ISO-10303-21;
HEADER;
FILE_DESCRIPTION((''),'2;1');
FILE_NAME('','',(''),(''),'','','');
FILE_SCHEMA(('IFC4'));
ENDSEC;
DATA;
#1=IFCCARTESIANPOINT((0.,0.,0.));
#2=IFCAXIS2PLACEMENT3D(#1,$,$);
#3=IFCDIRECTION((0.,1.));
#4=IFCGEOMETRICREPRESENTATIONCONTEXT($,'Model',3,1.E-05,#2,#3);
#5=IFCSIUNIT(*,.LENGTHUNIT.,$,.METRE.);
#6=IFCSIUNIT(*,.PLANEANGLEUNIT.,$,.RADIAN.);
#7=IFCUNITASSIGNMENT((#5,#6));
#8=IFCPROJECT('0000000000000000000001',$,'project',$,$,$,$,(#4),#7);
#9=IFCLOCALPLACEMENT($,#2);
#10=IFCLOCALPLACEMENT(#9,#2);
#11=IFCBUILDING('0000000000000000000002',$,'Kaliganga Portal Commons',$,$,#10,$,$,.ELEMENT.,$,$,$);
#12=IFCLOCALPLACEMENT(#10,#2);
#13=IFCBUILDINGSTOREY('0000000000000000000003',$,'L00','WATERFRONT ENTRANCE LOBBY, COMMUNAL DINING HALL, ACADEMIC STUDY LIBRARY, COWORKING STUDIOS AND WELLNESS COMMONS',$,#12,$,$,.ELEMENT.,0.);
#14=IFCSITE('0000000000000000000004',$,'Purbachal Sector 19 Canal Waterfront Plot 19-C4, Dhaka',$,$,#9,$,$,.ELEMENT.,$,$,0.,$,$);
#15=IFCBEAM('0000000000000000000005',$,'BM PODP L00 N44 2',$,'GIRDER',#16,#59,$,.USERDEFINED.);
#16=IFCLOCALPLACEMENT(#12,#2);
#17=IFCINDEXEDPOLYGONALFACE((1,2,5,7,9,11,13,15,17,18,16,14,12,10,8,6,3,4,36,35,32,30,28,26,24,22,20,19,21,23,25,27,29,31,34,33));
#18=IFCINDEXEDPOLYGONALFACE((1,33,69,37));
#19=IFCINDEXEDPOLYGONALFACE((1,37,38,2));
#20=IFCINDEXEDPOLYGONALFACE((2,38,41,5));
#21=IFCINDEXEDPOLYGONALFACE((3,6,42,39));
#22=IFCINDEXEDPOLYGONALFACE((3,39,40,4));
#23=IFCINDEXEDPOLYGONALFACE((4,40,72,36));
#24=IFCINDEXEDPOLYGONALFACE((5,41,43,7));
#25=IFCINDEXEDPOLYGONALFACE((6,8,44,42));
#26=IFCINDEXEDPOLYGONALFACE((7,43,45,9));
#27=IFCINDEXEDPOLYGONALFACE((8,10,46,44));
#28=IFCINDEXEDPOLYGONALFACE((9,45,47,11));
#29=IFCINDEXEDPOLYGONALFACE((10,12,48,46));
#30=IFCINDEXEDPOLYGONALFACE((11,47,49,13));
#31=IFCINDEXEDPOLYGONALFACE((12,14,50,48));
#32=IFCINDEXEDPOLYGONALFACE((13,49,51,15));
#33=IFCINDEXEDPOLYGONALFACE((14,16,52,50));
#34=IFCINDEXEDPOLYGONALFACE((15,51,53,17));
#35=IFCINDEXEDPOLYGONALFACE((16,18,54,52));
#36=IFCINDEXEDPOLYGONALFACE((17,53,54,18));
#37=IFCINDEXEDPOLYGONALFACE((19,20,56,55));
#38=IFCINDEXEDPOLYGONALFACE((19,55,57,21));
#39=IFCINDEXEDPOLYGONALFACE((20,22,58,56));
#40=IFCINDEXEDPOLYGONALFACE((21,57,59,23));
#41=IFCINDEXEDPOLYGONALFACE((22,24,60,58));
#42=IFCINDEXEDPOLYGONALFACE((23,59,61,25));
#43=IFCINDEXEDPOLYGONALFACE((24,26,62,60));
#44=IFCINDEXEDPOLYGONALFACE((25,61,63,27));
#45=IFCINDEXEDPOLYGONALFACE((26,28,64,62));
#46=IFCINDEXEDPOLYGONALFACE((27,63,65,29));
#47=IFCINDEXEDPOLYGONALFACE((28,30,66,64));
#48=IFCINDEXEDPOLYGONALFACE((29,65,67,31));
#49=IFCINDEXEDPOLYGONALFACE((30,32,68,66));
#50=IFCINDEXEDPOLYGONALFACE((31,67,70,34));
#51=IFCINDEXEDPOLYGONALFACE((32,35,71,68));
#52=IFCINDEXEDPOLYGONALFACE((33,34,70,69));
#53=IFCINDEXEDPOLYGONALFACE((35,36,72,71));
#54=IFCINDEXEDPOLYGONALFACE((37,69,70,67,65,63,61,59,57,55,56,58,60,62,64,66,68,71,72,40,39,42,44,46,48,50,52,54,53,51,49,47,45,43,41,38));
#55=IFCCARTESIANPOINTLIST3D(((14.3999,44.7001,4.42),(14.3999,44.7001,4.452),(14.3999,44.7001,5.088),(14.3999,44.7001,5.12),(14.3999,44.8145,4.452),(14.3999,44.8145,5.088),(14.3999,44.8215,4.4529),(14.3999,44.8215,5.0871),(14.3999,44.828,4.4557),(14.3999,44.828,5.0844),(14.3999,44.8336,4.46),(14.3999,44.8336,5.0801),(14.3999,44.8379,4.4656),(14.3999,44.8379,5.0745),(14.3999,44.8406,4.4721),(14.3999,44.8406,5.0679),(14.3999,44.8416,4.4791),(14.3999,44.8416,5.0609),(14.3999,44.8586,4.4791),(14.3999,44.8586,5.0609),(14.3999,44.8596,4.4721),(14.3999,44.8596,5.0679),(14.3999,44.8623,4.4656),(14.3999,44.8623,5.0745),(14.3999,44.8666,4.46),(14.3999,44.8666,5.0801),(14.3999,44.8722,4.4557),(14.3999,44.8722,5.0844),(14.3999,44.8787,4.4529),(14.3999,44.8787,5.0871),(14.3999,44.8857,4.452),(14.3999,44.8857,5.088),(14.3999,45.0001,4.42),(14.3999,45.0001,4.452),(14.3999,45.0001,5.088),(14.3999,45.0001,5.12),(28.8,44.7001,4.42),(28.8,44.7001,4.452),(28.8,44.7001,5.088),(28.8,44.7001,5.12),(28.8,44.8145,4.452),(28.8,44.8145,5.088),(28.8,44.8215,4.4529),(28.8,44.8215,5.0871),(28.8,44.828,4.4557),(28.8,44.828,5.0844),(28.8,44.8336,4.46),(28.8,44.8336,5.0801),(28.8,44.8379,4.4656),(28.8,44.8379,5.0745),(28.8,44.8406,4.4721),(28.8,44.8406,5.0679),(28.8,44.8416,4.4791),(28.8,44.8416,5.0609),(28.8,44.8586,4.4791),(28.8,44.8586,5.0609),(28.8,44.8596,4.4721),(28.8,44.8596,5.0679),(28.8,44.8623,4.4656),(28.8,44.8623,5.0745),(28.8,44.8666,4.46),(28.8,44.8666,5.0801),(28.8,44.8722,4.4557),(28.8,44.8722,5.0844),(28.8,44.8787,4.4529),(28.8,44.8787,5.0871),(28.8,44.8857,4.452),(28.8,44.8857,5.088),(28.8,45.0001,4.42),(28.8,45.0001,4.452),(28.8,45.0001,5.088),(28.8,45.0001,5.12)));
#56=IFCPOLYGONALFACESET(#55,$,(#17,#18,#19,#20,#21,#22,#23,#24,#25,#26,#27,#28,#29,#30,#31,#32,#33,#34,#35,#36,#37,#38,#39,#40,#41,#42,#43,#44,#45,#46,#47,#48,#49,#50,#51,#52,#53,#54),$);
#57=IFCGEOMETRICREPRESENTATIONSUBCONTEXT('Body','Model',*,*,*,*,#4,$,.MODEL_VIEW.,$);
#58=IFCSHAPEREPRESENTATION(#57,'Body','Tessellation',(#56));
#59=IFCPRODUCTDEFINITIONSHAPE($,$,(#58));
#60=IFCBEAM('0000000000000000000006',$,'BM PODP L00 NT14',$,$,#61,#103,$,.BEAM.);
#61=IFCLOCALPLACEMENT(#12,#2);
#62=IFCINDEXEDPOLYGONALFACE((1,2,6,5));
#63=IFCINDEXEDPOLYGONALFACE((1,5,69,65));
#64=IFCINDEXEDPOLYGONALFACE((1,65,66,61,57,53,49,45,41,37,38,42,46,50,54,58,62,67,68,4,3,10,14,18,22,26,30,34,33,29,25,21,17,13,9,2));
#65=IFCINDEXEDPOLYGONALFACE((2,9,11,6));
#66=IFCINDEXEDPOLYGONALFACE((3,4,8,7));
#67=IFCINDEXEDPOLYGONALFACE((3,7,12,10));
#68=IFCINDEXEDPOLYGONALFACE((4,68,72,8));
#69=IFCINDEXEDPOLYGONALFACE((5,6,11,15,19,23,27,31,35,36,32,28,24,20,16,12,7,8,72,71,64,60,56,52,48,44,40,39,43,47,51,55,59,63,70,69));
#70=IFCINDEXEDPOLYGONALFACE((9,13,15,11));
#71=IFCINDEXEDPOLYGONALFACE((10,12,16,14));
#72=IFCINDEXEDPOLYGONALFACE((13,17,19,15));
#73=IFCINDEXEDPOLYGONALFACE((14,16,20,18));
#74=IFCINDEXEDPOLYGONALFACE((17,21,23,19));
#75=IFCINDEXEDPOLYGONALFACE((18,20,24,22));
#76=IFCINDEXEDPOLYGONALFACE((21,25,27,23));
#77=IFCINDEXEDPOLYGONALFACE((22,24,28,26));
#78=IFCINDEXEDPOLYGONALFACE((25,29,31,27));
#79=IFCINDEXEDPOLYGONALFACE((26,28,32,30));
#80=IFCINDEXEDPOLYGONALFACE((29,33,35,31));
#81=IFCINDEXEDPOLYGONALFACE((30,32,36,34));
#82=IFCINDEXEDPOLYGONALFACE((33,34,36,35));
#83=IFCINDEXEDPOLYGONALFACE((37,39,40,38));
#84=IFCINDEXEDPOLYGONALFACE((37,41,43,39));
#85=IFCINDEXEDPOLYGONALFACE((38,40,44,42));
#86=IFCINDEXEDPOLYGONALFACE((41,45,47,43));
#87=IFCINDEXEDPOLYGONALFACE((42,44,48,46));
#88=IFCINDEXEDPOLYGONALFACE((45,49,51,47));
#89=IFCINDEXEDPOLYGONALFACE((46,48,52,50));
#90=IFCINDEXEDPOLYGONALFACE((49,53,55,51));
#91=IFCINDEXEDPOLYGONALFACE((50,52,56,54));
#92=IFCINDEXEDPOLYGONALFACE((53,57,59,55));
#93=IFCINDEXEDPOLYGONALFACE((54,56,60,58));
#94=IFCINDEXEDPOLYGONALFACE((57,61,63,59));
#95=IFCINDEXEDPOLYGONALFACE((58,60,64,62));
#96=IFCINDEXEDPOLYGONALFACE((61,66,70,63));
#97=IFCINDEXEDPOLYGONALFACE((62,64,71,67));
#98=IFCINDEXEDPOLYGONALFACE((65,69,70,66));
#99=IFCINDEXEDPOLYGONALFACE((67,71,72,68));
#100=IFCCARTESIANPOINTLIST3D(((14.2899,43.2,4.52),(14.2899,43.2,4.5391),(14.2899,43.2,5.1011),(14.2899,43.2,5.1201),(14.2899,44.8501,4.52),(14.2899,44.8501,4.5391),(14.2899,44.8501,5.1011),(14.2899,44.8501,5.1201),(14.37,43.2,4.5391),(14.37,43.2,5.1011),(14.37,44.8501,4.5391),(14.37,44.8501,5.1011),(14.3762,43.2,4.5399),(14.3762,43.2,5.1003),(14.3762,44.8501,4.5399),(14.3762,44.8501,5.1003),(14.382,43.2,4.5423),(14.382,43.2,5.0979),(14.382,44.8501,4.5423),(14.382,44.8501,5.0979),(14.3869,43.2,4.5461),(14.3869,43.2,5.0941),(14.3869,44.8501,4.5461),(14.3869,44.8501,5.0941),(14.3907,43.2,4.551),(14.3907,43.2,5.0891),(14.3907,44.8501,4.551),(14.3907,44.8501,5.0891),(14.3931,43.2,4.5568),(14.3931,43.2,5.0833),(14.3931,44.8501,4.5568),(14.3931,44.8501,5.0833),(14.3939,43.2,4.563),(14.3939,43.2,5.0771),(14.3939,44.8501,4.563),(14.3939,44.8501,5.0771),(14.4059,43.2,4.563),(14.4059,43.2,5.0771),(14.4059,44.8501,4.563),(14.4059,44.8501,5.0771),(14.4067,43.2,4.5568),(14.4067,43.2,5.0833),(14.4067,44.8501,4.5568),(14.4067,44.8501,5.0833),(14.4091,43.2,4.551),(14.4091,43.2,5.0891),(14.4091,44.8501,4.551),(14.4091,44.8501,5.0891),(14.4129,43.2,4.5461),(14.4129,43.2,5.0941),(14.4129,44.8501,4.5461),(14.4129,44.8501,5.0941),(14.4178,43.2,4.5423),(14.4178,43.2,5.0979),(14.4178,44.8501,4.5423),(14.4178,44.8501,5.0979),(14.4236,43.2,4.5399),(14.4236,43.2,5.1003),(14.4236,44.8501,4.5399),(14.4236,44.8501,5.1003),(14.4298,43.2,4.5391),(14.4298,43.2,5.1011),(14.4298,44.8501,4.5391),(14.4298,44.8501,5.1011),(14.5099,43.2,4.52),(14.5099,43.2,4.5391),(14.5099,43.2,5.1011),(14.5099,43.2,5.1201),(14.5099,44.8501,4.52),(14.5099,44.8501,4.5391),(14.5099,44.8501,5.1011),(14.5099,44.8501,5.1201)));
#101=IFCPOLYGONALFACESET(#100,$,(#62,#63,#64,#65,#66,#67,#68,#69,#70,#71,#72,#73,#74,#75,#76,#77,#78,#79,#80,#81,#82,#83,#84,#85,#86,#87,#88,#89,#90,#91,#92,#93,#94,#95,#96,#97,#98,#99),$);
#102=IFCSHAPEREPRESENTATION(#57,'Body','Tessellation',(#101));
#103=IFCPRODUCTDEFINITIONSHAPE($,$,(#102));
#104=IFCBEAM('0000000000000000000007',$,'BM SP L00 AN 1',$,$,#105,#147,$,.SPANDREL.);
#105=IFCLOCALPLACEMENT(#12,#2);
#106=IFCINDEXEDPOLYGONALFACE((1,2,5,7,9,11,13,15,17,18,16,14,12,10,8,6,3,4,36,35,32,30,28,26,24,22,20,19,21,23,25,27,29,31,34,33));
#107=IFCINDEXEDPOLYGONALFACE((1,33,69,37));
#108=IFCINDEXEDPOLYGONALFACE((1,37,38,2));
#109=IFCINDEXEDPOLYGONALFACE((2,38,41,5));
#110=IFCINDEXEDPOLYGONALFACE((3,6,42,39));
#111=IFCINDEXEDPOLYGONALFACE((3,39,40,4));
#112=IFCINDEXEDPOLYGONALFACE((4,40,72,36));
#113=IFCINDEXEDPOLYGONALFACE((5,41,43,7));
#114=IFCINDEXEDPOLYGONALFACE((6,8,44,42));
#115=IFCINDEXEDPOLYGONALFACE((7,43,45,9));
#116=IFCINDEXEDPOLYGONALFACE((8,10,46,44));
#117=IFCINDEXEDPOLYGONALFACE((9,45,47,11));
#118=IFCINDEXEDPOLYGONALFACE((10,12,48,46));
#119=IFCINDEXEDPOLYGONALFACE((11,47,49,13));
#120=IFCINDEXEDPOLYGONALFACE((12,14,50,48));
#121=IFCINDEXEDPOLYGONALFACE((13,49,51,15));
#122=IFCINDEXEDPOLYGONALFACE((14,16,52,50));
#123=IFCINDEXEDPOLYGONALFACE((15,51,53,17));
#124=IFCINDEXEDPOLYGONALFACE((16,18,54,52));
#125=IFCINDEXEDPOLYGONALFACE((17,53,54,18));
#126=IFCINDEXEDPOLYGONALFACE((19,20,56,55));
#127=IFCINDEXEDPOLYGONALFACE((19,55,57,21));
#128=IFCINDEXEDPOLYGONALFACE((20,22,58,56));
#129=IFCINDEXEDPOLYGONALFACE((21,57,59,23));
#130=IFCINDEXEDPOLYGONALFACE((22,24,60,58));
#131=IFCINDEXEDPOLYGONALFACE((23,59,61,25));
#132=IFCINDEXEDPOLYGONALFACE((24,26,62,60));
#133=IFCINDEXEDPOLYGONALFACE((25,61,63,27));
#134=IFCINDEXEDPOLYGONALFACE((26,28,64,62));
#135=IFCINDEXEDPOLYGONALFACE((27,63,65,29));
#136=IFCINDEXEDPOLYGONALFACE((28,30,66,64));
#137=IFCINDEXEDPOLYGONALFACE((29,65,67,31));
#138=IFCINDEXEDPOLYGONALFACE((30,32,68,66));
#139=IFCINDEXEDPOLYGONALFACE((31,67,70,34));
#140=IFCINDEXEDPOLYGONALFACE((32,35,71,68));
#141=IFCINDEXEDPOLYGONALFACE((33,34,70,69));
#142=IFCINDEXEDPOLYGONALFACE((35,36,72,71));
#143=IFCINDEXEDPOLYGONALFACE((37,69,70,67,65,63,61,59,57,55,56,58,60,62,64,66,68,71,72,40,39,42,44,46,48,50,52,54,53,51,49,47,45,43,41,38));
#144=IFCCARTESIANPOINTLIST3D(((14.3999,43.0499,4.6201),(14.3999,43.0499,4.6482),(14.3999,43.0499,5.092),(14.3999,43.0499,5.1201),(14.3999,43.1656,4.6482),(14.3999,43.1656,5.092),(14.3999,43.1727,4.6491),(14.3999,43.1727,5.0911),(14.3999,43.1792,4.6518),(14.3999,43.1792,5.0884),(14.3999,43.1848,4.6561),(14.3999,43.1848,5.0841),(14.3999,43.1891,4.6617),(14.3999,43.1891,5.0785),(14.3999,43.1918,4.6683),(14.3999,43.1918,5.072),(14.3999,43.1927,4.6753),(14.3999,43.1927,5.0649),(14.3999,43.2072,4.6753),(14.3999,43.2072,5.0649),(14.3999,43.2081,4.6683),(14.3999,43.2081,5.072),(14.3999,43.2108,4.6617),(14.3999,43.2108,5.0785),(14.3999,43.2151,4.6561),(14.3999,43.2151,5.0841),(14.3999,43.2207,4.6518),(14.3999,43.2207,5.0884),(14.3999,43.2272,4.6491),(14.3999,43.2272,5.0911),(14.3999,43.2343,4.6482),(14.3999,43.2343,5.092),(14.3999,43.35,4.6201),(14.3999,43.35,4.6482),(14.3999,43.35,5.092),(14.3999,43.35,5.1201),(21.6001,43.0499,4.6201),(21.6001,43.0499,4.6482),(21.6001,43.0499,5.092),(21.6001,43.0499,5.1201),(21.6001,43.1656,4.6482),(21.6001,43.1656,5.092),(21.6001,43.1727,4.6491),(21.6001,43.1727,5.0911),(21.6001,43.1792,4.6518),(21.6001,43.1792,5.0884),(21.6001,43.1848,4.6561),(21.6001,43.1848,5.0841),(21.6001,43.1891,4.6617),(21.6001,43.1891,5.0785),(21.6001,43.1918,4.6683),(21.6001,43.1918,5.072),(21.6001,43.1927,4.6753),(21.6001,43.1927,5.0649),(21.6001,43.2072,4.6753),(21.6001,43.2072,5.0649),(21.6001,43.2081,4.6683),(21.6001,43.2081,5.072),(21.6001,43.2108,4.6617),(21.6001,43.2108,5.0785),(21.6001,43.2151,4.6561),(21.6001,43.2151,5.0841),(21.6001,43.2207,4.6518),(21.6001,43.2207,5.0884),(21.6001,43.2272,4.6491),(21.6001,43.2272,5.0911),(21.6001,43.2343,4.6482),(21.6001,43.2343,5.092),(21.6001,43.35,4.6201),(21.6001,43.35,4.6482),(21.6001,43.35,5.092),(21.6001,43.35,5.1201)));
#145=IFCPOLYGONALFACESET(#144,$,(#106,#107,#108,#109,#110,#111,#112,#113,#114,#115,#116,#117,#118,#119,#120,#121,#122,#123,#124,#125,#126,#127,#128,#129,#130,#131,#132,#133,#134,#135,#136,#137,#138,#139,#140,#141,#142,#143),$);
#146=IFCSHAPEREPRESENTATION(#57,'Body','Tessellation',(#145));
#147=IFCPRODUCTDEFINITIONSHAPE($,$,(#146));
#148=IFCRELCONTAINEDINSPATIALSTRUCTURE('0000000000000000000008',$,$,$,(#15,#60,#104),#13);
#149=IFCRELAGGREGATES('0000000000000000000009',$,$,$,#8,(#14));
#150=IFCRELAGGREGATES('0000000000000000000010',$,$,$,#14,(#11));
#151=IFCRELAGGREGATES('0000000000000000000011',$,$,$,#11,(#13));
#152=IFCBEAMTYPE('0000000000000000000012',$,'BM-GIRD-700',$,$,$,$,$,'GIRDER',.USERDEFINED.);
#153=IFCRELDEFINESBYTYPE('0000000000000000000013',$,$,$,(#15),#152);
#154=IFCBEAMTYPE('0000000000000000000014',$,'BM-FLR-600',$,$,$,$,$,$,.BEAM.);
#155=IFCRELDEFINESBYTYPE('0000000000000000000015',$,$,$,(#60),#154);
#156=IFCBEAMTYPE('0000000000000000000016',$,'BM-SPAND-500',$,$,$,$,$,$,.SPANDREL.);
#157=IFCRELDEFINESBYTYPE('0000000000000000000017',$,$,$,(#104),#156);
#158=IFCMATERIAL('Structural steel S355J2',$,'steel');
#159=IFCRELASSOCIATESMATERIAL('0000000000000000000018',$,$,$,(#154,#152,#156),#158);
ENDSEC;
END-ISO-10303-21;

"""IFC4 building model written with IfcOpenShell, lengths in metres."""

from ifc_helpers import new_model, si_unit, direction, frame, origin, origin_2d, place, context, subcontext, project, spatial, i_section, extrude, source, transform, mapped, material, material_profile, profile_set, type_object, element, save


model = new_model("IFC4")

# Units and contexts
model_context = context("Model", 3, precision=1e-05, world=origin(), true_north=direction((0.0, 1.0)))
body_context = subcontext(model_context, "Body", "Model", "MODEL_VIEW")
ifc_project = project(units=[si_unit("LENGTHUNIT", "METRE"), si_unit("PLANEANGLEUNIT", "RADIAN")], contexts=[model_context])

# Site, building, storey
site_placement = place(None, origin())
site = spatial("IfcSite", under=ifc_project, at=site_placement, Name="Purbachal Sector 19 Canal Waterfront Plot 19-C4, Dhaka", CompositionType="ELEMENT", RefElevation=0.0)
building_placement = place(site_placement, origin())
building = spatial("IfcBuilding", under=site, at=building_placement, Name="Kaliganga Portal Commons", CompositionType="ELEMENT")
storey_placement = place(building_placement, origin())
storey = spatial("IfcBuildingStorey", under=building, at=storey_placement, Name="L00", Description="WATERFRONT ENTRANCE LOBBY, COMMUNAL DINING HALL, ACADEMIC STUDY LIBRARY, COWORKING STUDIOS AND WELLNESS COMMONS", CompositionType="ELEMENT", Elevation=0.0)

# Beams
ifc_material_1 = material(Name="Structural steel S355J2", Category="steel")
ifc_material_profile_1 = material_profile(ifc_material_1, i_section(OverallWidth=0.22, OverallDepth=0.6001, WebThickness=0.012, FlangeThickness=0.019, FilletRadius=0.0239, at=origin_2d()), Name="IPE 600")
ifc_profile_set_1 = profile_set([ifc_material_profile_1], Name="Structural steel S355J2 wide-flange")
beam_type_1 = type_object("IfcBeamType", Name="BM-FLR-600", PredefinedType="BEAM", material=ifc_profile_set_1)
ifc_material_profile_2 = material_profile(ifc_material_1, i_section(OverallWidth=0.3, OverallDepth=0.7, WebThickness=0.0171, FlangeThickness=0.032, FilletRadius=0.0271, at=origin_2d()), Name="HE 700 B")
ifc_profile_set_2 = profile_set([ifc_material_profile_2], Name="Structural steel S355J2 wide-flange")
beam_type_2 = type_object("IfcBeamType", Name="BM-GIRD-700", ElementType="GIRDER", PredefinedType="USERDEFINED", material=ifc_profile_set_2)
shared_shape_1 = source(origin(), body_context, "Body", "SweptSolid", [
    extrude(i_section(OverallWidth=0.3, OverallDepth=0.7, WebThickness=0.0171, FlangeThickness=0.032, FilletRadius=0.0271, at=origin_2d()), origin(), (0.0, 0.0, 1.0), 14.4001),
])
beam_1_placement = place(storey_placement, frame((14.3999, 44.8501, 4.77), z_axis=(1.0, 0.0, 0.0), x_axis=(0.0, 1.0, 0.0)))
element("IfcBeam", 1, at=beam_1_placement, inside=storey, type_object=beam_type_2, Name="BM PODP L00 N44 2", ObjectType="GIRDER", PredefinedType="USERDEFINED", context=body_context, shape_type="MappedRepresentation", body=[
    mapped(shared_shape_1, transform((0.0, 0.0, 0.0), x_axis=(1.0, 0.0, 0.0), y_axis=(0.0, 1.0, 0.0), z_axis=(0.0, 0.0, 1.0), scale=1.0)),
])
shared_shape_2 = source(origin(), body_context, "Body", "SweptSolid", [
    extrude(i_section(OverallWidth=0.22, OverallDepth=0.6001, WebThickness=0.012, FlangeThickness=0.019, FilletRadius=0.0239, at=origin_2d()), origin(), (0.0, 0.0, 1.0), 1.6501),
])
beam_2_placement = place(storey_placement, frame((14.3999, 43.2, 4.8201), z_axis=(0.0, 1.0, 0.0), x_axis=(-1.0, 0.0, 0.0)))
element("IfcBeam", 2, at=beam_2_placement, inside=storey, type_object=beam_type_1, Name="BM PODP L00 NT14", PredefinedType="BEAM", context=body_context, shape_type="MappedRepresentation", body=[
    mapped(shared_shape_2, transform((0.0, 0.0, 0.0), x_axis=(1.0, 0.0, 0.0), y_axis=(0.0, 1.0, 0.0), z_axis=(0.0, 0.0, 1.0), scale=1.0)),
])
ifc_material_profile_3 = material_profile(ifc_material_1, i_section(OverallWidth=0.3, OverallDepth=0.5, WebThickness=0.0144, FlangeThickness=0.0281, FilletRadius=0.0271, at=origin_2d()), Name="HE 500 B")
ifc_profile_set_3 = profile_set([ifc_material_profile_3], Name="Structural steel S355J2 wide-flange")
beam_type_3 = type_object("IfcBeamType", Name="BM-SPAND-500", PredefinedType="SPANDREL", material=ifc_profile_set_3)
shared_shape_3 = source(origin(), body_context, "Body", "SweptSolid", [
    extrude(i_section(OverallWidth=0.3, OverallDepth=0.5, WebThickness=0.0144, FlangeThickness=0.0281, FilletRadius=0.0271, at=origin_2d()), origin(), (0.0, 0.0, 1.0), 7.2002),
])
beam_3_placement = place(storey_placement, frame((14.3999, 43.2, 4.8701), z_axis=(1.0, 0.0, 0.0), x_axis=(0.0, 1.0, 0.0)))
element("IfcBeam", 3, at=beam_3_placement, inside=storey, type_object=beam_type_3, Name="BM SP L00 AN 1", PredefinedType="SPANDREL", context=body_context, shape_type="MappedRepresentation", body=[
    mapped(shared_shape_3, transform((0.0, 0.0, 0.0), x_axis=(1.0, 0.0, 0.0), y_axis=(0.0, 1.0, 0.0), z_axis=(0.0, 0.0, 1.0), scale=1.0)),
])

save(model, "model.ifc")
